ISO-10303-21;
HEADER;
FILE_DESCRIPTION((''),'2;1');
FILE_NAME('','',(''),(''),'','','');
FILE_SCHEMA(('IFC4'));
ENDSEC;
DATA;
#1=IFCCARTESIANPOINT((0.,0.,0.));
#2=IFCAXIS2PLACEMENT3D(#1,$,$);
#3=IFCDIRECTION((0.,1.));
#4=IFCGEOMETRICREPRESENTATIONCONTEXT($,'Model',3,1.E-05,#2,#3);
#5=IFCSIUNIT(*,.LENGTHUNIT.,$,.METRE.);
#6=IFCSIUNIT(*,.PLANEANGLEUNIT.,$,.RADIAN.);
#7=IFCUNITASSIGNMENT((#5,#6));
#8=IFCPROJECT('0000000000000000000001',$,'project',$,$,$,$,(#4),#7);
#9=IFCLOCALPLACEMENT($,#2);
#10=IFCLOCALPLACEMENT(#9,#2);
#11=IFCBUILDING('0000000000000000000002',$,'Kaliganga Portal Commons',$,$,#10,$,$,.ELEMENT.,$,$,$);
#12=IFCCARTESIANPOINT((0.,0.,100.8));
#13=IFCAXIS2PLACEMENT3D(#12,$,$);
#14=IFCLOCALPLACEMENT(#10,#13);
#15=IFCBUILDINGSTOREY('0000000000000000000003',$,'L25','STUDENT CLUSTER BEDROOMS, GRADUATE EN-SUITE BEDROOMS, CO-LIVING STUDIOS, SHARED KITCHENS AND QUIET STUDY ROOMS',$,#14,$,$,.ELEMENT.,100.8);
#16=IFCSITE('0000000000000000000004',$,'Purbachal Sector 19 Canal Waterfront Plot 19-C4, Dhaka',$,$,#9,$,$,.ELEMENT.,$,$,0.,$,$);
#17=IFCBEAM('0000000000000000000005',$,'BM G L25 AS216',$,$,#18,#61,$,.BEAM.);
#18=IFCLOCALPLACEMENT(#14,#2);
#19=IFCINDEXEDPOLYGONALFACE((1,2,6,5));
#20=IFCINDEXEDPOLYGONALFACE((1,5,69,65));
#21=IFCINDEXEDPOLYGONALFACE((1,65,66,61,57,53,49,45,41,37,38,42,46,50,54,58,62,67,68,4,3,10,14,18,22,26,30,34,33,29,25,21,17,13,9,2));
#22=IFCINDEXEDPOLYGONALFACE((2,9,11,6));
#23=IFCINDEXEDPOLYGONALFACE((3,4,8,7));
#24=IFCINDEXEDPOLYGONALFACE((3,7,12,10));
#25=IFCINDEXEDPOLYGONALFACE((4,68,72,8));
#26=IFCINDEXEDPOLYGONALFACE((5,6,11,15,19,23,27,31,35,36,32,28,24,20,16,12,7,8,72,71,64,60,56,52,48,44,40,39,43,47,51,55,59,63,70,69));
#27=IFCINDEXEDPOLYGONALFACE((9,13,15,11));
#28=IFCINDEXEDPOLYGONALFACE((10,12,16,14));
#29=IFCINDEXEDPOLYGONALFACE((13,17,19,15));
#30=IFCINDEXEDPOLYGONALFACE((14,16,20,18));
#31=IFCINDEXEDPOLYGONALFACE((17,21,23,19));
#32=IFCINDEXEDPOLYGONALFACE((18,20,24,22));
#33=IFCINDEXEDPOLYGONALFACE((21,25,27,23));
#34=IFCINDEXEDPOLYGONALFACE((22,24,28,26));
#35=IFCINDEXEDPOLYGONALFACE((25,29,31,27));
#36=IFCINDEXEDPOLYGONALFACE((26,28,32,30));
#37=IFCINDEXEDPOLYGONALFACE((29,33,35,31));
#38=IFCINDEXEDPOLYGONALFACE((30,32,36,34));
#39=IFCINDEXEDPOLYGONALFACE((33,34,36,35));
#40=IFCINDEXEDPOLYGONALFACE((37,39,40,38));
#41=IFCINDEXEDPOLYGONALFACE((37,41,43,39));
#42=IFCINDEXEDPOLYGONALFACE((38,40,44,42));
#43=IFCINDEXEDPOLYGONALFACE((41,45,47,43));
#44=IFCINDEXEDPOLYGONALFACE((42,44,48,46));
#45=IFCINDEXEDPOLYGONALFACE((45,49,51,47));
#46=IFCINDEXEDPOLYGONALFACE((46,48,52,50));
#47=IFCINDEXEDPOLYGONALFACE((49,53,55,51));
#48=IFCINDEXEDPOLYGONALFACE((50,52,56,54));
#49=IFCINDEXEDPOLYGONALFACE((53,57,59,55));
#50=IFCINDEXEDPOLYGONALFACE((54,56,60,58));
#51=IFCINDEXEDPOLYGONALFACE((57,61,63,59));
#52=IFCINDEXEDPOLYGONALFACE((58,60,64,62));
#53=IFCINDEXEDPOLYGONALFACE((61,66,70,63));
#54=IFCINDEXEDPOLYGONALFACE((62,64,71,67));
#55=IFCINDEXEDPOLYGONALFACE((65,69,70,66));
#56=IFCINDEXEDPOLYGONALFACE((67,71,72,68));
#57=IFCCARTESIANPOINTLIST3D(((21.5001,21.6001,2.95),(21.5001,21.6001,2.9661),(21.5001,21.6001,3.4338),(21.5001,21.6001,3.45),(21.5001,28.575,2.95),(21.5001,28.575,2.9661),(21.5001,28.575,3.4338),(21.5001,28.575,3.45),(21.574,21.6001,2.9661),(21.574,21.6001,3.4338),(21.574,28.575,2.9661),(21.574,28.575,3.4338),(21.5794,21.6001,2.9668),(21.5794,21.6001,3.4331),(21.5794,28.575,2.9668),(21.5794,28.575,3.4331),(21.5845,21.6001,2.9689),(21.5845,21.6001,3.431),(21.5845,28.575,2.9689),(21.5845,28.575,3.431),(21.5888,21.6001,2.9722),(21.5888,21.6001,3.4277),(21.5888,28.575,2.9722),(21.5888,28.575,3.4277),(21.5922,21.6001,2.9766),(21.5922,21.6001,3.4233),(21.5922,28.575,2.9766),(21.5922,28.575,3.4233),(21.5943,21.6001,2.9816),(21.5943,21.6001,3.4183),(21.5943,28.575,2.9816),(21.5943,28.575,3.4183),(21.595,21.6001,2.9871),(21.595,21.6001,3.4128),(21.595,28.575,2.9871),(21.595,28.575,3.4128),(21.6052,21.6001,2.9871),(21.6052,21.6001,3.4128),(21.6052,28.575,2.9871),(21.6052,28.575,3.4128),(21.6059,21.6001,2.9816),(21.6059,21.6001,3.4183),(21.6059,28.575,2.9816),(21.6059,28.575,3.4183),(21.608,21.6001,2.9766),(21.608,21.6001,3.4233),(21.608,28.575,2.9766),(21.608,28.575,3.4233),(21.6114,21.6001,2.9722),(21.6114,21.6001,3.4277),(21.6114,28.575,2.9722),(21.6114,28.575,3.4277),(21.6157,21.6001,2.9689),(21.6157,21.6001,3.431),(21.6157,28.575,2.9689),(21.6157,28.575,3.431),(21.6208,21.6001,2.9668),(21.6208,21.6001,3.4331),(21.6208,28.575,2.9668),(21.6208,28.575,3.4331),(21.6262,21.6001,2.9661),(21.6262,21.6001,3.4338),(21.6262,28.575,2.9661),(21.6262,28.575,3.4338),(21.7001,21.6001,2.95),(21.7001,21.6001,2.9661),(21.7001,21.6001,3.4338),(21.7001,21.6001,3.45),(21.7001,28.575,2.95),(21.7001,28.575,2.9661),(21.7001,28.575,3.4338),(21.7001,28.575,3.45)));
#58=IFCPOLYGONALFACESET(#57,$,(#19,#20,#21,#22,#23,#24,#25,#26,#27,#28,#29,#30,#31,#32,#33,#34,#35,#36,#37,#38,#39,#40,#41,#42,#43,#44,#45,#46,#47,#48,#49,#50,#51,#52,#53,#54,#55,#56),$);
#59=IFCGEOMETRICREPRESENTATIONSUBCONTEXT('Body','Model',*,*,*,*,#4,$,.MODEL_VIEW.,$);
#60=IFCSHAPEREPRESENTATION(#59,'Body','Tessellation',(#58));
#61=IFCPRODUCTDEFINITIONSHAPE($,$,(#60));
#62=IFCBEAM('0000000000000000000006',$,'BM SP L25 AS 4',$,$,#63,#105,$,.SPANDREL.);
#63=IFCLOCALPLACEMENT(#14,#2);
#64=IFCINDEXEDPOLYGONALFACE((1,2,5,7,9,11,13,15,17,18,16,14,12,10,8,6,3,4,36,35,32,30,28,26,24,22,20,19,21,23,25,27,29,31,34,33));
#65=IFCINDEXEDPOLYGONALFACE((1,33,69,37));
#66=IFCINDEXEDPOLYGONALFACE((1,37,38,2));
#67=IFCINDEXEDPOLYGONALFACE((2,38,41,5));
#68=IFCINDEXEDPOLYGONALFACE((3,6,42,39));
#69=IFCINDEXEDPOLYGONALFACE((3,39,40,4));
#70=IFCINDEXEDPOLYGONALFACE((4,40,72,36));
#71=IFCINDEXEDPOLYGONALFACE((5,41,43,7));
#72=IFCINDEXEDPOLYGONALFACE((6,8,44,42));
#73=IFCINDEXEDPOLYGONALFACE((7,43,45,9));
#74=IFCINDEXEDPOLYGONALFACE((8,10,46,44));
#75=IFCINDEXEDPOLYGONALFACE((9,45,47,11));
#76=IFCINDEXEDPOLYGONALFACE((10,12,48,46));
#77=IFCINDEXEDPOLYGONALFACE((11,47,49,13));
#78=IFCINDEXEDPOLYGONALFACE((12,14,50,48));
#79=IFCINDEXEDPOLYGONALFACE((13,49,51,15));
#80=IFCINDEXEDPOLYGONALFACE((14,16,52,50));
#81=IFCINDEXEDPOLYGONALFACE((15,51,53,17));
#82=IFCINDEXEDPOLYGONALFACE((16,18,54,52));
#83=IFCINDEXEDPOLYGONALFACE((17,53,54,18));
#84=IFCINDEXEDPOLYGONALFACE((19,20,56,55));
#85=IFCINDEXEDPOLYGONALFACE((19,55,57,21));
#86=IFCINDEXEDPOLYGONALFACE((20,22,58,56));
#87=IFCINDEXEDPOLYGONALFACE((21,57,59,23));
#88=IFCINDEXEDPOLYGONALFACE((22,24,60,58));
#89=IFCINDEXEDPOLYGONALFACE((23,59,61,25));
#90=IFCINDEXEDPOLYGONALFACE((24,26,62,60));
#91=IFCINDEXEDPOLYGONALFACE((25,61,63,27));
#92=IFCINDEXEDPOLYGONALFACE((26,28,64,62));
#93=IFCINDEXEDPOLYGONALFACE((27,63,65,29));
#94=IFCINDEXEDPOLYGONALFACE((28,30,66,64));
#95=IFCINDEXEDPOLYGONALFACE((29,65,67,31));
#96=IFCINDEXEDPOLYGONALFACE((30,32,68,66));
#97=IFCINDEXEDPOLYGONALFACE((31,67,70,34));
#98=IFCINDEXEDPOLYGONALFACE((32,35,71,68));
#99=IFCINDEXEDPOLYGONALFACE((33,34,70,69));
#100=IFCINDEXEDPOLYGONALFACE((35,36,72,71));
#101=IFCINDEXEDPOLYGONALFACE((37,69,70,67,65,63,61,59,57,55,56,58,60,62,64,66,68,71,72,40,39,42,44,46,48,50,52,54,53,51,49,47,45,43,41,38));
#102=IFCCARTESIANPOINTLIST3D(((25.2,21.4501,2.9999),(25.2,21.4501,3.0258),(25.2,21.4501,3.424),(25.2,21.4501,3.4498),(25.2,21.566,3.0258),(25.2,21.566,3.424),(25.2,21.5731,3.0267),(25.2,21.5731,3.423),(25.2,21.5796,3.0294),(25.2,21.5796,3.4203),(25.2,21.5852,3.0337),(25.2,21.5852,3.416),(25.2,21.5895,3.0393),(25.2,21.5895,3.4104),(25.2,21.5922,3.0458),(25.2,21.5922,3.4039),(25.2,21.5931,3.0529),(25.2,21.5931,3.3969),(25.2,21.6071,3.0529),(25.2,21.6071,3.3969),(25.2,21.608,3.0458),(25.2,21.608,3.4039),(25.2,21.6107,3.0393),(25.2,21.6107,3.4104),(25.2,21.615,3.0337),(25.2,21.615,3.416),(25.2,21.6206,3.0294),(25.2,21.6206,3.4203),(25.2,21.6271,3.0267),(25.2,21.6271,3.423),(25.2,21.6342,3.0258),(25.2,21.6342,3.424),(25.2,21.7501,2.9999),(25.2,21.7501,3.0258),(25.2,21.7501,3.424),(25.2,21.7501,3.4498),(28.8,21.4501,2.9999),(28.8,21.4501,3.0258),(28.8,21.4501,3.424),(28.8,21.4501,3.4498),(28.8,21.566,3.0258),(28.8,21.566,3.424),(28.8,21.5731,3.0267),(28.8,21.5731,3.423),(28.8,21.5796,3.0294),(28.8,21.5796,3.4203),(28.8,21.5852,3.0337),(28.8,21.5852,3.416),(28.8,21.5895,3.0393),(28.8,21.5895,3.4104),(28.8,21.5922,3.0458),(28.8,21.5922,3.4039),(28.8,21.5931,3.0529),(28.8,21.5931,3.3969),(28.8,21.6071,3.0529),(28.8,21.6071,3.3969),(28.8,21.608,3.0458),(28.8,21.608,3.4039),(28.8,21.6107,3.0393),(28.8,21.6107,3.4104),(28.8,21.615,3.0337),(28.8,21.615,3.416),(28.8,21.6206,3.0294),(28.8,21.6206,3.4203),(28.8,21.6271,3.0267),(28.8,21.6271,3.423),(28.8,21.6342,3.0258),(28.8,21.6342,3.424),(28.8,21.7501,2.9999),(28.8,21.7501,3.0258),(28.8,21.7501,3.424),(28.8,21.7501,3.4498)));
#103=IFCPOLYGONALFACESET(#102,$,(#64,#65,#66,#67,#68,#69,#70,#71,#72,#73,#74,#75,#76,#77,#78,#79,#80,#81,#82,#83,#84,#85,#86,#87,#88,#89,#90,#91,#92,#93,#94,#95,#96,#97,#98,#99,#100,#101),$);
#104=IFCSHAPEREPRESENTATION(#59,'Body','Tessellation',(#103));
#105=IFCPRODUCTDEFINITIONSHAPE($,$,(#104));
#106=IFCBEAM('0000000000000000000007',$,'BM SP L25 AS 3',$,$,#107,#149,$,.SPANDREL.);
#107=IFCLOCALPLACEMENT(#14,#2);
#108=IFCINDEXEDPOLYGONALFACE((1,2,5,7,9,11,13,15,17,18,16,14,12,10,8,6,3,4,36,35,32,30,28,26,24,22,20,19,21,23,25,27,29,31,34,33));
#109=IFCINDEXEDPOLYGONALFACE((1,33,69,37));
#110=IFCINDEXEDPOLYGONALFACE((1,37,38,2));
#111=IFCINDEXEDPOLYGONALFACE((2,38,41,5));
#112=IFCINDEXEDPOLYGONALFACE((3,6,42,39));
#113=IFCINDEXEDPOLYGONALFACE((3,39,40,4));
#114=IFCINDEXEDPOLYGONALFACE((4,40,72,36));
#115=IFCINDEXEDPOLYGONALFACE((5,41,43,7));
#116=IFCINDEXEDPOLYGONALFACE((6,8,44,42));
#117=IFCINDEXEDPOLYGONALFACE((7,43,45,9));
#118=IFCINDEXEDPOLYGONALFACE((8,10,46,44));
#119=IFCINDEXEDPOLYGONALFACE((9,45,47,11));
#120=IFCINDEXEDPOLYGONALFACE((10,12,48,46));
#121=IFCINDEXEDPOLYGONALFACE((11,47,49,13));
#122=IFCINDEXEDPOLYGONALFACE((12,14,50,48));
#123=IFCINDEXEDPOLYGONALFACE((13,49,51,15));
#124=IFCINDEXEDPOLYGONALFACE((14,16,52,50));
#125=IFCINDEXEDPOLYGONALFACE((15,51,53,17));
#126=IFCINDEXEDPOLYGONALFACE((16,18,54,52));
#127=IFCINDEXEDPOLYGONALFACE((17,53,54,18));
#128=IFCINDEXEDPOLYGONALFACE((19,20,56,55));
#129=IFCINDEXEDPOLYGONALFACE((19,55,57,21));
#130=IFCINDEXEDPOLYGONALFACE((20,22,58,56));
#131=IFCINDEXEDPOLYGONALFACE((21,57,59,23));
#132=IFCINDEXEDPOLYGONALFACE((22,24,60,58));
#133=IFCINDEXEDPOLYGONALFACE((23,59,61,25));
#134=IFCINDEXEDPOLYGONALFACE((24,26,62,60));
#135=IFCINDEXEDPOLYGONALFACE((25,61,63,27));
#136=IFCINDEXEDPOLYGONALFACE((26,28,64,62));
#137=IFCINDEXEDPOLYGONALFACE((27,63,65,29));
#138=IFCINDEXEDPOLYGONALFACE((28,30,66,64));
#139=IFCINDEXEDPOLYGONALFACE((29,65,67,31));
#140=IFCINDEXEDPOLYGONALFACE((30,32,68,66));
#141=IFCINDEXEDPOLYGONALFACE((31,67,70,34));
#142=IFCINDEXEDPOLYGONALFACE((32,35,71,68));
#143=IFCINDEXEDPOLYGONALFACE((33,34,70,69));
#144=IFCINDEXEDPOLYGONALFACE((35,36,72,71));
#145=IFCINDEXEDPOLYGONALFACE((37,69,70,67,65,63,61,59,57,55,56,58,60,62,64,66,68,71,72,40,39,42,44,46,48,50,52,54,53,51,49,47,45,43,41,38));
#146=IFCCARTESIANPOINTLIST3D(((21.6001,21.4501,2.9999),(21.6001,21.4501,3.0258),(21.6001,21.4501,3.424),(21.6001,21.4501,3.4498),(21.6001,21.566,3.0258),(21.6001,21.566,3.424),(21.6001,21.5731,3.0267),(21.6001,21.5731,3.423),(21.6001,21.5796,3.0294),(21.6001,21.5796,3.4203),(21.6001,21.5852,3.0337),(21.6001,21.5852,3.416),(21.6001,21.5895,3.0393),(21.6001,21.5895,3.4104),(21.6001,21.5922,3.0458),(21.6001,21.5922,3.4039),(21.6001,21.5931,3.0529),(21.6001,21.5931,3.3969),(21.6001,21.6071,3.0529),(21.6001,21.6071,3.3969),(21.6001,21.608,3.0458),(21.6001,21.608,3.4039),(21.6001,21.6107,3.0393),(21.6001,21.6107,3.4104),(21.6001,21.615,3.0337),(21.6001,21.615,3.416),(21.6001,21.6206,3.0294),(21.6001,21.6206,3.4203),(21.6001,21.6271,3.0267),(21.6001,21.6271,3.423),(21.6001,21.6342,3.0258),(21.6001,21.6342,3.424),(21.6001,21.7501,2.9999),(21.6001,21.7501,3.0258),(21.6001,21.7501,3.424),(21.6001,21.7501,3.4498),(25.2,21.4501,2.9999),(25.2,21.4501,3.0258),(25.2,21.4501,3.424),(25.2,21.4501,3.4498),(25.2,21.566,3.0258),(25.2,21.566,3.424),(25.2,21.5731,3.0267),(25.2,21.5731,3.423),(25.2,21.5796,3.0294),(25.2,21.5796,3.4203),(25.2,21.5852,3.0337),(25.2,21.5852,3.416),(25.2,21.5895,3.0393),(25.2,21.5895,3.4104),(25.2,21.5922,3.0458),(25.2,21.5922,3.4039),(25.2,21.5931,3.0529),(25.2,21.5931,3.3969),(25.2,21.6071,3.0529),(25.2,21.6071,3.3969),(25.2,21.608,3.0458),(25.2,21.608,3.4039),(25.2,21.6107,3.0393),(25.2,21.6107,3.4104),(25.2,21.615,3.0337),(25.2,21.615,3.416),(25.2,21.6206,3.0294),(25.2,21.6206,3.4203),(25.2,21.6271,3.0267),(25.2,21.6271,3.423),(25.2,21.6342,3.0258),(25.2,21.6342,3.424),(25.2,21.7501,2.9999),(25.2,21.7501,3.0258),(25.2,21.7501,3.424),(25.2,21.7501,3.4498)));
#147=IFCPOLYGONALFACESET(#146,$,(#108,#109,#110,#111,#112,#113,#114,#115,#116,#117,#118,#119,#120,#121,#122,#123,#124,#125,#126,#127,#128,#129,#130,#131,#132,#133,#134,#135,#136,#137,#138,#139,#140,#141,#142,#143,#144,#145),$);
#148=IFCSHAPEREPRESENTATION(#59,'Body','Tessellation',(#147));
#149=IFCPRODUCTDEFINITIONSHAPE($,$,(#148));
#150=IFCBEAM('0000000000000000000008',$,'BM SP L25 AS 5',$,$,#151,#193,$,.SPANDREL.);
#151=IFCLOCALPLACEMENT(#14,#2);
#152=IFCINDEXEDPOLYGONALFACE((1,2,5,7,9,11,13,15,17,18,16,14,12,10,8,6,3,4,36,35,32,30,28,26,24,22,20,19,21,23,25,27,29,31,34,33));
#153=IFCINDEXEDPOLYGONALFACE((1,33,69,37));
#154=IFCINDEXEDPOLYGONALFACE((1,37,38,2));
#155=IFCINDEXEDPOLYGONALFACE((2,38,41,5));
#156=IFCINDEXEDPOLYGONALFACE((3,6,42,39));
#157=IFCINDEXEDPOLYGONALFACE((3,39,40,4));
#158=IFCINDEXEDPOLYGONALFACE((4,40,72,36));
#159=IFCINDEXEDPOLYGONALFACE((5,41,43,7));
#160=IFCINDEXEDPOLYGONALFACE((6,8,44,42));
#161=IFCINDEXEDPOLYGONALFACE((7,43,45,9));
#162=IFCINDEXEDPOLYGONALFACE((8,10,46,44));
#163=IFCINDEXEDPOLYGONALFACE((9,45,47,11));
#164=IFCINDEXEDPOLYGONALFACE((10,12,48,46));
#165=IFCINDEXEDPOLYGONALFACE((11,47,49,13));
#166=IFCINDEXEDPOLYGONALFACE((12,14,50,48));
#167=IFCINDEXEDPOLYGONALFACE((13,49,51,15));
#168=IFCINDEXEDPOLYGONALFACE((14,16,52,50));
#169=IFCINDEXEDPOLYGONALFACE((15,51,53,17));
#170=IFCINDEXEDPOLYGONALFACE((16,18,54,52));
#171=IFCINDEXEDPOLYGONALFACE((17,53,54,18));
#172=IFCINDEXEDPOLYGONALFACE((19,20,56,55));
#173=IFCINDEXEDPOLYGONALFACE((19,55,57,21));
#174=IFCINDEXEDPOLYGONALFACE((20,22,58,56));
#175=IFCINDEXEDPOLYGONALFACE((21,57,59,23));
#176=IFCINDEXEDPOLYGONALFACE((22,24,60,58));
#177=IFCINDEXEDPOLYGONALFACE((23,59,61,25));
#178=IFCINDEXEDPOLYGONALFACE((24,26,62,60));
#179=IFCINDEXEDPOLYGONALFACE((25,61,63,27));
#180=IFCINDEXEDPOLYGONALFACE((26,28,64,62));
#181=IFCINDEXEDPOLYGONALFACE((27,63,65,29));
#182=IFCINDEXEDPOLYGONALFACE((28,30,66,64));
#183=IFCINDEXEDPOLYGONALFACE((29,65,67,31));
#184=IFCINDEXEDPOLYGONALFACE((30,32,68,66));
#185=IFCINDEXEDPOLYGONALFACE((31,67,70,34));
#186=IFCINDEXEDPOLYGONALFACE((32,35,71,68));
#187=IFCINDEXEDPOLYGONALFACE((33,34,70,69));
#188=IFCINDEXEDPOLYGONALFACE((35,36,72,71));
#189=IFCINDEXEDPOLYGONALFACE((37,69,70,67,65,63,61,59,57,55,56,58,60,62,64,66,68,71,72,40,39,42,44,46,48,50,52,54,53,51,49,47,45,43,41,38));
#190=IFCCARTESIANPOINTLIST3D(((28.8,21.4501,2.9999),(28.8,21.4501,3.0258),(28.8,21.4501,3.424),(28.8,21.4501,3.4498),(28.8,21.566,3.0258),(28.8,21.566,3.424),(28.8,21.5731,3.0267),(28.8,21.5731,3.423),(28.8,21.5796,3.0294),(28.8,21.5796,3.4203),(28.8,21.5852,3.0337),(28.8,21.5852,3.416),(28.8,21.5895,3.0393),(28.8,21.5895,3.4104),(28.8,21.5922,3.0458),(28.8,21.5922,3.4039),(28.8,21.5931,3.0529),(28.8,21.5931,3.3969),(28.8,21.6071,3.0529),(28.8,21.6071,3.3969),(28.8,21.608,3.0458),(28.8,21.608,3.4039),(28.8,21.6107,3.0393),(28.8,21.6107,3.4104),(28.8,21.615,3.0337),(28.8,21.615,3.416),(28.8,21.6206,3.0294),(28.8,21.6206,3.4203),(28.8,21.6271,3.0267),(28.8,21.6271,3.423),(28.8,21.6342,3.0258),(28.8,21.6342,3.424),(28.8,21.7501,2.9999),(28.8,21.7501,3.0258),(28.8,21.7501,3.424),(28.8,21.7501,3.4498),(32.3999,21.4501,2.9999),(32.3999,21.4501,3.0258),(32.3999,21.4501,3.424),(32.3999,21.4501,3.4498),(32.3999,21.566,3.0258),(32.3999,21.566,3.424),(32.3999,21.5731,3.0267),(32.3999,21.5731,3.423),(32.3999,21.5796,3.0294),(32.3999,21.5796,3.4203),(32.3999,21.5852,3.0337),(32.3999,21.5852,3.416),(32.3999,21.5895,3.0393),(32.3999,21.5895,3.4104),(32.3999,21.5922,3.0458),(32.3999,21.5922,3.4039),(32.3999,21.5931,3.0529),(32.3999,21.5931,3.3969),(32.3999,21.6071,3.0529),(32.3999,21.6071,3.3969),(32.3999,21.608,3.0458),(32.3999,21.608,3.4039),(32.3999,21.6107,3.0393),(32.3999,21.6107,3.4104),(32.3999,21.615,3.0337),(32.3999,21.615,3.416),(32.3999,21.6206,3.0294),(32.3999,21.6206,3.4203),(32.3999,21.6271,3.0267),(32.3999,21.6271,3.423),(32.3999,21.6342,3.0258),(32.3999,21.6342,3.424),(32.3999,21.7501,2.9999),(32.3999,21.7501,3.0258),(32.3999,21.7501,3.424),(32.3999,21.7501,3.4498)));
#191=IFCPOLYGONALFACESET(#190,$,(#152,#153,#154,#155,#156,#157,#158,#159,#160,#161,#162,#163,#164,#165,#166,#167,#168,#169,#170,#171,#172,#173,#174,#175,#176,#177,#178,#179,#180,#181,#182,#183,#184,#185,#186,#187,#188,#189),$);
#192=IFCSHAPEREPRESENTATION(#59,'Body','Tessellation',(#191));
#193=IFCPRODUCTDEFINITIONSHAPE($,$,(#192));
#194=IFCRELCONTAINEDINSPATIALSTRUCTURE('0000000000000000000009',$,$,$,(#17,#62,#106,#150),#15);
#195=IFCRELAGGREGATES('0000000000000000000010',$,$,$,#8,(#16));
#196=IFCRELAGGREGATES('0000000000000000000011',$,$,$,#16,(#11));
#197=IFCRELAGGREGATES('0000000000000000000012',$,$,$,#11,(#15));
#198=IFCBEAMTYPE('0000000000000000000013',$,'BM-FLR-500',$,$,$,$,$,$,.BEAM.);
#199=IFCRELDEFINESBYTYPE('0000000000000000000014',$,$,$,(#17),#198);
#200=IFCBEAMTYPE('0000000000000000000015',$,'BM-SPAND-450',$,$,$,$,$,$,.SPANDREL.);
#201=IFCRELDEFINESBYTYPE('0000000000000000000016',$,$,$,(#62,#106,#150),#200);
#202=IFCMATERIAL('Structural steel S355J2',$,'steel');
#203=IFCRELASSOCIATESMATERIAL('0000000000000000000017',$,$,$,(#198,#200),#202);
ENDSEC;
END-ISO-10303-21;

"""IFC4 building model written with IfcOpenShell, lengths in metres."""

from ifc_helpers import new_model, si_unit, direction, frame, origin, origin_2d, place, context, subcontext, project, spatial, i_section, extrude, source, transform, mapped, material, material_profile, profile_set, type_object, element, save


model = new_model("IFC4")

# Units and contexts
model_context = context("Model", 3, precision=1e-05, world=origin(), true_north=direction((0.0, 1.0)))
body_context = subcontext(model_context, "Body", "Model", "MODEL_VIEW")
ifc_project = project(units=[si_unit("LENGTHUNIT", "METRE"), si_unit("PLANEANGLEUNIT", "RADIAN")], contexts=[model_context])

# Site, building, storey
site_placement = place(None, origin())
site = spatial("IfcSite", under=ifc_project, at=site_placement, Name="Purbachal Sector 19 Canal Waterfront Plot 19-C4, Dhaka", CompositionType="ELEMENT", RefElevation=0.0)
building_placement = place(site_placement, origin())
building = spatial("IfcBuilding", under=site, at=building_placement, Name="Kaliganga Portal Commons", CompositionType="ELEMENT")
storey_placement = place(building_placement, frame((0.0, 0.0, 100.8)))
storey = spatial("IfcBuildingStorey", under=building, at=storey_placement, Name="L25", Description="STUDENT CLUSTER BEDROOMS, GRADUATE EN-SUITE BEDROOMS, CO-LIVING STUDIOS, SHARED KITCHENS AND QUIET STUDY ROOMS", CompositionType="ELEMENT", Elevation=100.8)

# Beams
ifc_material_1 = material(Name="Structural steel S355J2", Category="steel")
ifc_material_profile_1 = material_profile(ifc_material_1, i_section(OverallWidth=0.2, OverallDepth=0.5, WebThickness=0.0103, FlangeThickness=0.0161, FilletRadius=0.021, at=origin_2d()), Name="IPE 500")
ifc_profile_set_1 = profile_set([ifc_material_profile_1], Name="Structural steel S355J2 wide-flange")
beam_type_1 = type_object("IfcBeamType", Name="BM-FLR-500", PredefinedType="BEAM", material=ifc_profile_set_1)
shared_shape_1 = source(origin(), body_context, "Body", "SweptSolid", [
    extrude(i_section(OverallWidth=0.2, OverallDepth=0.5, WebThickness=0.0103, FlangeThickness=0.0161, FilletRadius=0.021, at=origin_2d()), origin(), (0.0, 0.0, 1.0), 6.9749),
])
beam_1_placement = place(storey_placement, frame((21.6001, 21.6001, 3.2), z_axis=(0.0, 1.0, 0.0), x_axis=(-1.0, 0.0, 0.0)))
element("IfcBeam", 1, at=beam_1_placement, inside=storey, type_object=beam_type_1, Name="BM G L25 AS216", PredefinedType="BEAM", context=body_context, shape_type="MappedRepresentation", body=[
    mapped(shared_shape_1, transform((0.0, 0.0, 0.0), x_axis=(1.0, 0.0, 0.0), y_axis=(0.0, 1.0, 0.0), z_axis=(0.0, 0.0, 1.0), scale=1.0)),
])
ifc_material_profile_2 = material_profile(ifc_material_1, i_section(OverallWidth=0.3, OverallDepth=0.45, WebThickness=0.0139, FlangeThickness=0.0259, FilletRadius=0.0271, at=origin_2d()), Name="HE 450 B")
ifc_profile_set_2 = profile_set([ifc_material_profile_2], Name="Structural steel S355J2 wide-flange")
beam_type_2 = type_object("IfcBeamType", Name="BM-SPAND-450", PredefinedType="SPANDREL", material=ifc_profile_set_2)
shared_shape_2 = source(origin(), body_context, "Body", "SweptSolid", [
    extrude(i_section(OverallWidth=0.3, OverallDepth=0.45, WebThickness=0.0139, FlangeThickness=0.0259, FilletRadius=0.0271, at=origin_2d()), origin(), (0.0, 0.0, 1.0), 3.6001),
])
beam_2_placement = place(storey_placement, frame((25.2, 21.6001, 3.2249), z_axis=(1.0, 0.0, 0.0), x_axis=(0.0, 1.0, 0.0)))
element("IfcBeam", 2, at=beam_2_placement, inside=storey, type_object=beam_type_2, Name="BM SP L25 AS 4", PredefinedType="SPANDREL", context=body_context, shape_type="MappedRepresentation", body=[
    mapped(shared_shape_2, transform((0.0, 0.0, 0.0), x_axis=(1.0, 0.0, 0.0), y_axis=(0.0, 1.0, 0.0), z_axis=(0.0, 0.0, 1.0), scale=1.0)),
])
shared_shape_3 = source(origin(), body_context, "Body", "SweptSolid", [
    extrude(i_section(OverallWidth=0.3, OverallDepth=0.45, WebThickness=0.0139, FlangeThickness=0.0259, FilletRadius=0.0271, at=origin_2d()), origin(), (0.0, 0.0, 1.0), 3.5999),
])
for number, where, z_axis, x_axis, name in (
    (3, (21.6001, 21.6001, 3.2249), (1.0, 0.0, 0.0), (0.0, 1.0, 0.0), "BM SP L25 AS 3"),
    (4, (28.8, 21.6001, 3.2249), (1.0, 0.0, 0.0), (0.0, 1.0, 0.0), "BM SP L25 AS 5"),
):
    element("IfcBeam", number, at=place(storey_placement, frame(where, z_axis=z_axis, x_axis=x_axis)), inside=storey, type_object=beam_type_2, Name=name, PredefinedType="SPANDREL", context=body_context, shape_type="MappedRepresentation", body=[
        mapped(shared_shape_3, transform((0.0, 0.0, 0.0), x_axis=(1.0, 0.0, 0.0), y_axis=(0.0, 1.0, 0.0), z_axis=(0.0, 0.0, 1.0), scale=1.0)),
    ])

save(model, "model.ifc")
